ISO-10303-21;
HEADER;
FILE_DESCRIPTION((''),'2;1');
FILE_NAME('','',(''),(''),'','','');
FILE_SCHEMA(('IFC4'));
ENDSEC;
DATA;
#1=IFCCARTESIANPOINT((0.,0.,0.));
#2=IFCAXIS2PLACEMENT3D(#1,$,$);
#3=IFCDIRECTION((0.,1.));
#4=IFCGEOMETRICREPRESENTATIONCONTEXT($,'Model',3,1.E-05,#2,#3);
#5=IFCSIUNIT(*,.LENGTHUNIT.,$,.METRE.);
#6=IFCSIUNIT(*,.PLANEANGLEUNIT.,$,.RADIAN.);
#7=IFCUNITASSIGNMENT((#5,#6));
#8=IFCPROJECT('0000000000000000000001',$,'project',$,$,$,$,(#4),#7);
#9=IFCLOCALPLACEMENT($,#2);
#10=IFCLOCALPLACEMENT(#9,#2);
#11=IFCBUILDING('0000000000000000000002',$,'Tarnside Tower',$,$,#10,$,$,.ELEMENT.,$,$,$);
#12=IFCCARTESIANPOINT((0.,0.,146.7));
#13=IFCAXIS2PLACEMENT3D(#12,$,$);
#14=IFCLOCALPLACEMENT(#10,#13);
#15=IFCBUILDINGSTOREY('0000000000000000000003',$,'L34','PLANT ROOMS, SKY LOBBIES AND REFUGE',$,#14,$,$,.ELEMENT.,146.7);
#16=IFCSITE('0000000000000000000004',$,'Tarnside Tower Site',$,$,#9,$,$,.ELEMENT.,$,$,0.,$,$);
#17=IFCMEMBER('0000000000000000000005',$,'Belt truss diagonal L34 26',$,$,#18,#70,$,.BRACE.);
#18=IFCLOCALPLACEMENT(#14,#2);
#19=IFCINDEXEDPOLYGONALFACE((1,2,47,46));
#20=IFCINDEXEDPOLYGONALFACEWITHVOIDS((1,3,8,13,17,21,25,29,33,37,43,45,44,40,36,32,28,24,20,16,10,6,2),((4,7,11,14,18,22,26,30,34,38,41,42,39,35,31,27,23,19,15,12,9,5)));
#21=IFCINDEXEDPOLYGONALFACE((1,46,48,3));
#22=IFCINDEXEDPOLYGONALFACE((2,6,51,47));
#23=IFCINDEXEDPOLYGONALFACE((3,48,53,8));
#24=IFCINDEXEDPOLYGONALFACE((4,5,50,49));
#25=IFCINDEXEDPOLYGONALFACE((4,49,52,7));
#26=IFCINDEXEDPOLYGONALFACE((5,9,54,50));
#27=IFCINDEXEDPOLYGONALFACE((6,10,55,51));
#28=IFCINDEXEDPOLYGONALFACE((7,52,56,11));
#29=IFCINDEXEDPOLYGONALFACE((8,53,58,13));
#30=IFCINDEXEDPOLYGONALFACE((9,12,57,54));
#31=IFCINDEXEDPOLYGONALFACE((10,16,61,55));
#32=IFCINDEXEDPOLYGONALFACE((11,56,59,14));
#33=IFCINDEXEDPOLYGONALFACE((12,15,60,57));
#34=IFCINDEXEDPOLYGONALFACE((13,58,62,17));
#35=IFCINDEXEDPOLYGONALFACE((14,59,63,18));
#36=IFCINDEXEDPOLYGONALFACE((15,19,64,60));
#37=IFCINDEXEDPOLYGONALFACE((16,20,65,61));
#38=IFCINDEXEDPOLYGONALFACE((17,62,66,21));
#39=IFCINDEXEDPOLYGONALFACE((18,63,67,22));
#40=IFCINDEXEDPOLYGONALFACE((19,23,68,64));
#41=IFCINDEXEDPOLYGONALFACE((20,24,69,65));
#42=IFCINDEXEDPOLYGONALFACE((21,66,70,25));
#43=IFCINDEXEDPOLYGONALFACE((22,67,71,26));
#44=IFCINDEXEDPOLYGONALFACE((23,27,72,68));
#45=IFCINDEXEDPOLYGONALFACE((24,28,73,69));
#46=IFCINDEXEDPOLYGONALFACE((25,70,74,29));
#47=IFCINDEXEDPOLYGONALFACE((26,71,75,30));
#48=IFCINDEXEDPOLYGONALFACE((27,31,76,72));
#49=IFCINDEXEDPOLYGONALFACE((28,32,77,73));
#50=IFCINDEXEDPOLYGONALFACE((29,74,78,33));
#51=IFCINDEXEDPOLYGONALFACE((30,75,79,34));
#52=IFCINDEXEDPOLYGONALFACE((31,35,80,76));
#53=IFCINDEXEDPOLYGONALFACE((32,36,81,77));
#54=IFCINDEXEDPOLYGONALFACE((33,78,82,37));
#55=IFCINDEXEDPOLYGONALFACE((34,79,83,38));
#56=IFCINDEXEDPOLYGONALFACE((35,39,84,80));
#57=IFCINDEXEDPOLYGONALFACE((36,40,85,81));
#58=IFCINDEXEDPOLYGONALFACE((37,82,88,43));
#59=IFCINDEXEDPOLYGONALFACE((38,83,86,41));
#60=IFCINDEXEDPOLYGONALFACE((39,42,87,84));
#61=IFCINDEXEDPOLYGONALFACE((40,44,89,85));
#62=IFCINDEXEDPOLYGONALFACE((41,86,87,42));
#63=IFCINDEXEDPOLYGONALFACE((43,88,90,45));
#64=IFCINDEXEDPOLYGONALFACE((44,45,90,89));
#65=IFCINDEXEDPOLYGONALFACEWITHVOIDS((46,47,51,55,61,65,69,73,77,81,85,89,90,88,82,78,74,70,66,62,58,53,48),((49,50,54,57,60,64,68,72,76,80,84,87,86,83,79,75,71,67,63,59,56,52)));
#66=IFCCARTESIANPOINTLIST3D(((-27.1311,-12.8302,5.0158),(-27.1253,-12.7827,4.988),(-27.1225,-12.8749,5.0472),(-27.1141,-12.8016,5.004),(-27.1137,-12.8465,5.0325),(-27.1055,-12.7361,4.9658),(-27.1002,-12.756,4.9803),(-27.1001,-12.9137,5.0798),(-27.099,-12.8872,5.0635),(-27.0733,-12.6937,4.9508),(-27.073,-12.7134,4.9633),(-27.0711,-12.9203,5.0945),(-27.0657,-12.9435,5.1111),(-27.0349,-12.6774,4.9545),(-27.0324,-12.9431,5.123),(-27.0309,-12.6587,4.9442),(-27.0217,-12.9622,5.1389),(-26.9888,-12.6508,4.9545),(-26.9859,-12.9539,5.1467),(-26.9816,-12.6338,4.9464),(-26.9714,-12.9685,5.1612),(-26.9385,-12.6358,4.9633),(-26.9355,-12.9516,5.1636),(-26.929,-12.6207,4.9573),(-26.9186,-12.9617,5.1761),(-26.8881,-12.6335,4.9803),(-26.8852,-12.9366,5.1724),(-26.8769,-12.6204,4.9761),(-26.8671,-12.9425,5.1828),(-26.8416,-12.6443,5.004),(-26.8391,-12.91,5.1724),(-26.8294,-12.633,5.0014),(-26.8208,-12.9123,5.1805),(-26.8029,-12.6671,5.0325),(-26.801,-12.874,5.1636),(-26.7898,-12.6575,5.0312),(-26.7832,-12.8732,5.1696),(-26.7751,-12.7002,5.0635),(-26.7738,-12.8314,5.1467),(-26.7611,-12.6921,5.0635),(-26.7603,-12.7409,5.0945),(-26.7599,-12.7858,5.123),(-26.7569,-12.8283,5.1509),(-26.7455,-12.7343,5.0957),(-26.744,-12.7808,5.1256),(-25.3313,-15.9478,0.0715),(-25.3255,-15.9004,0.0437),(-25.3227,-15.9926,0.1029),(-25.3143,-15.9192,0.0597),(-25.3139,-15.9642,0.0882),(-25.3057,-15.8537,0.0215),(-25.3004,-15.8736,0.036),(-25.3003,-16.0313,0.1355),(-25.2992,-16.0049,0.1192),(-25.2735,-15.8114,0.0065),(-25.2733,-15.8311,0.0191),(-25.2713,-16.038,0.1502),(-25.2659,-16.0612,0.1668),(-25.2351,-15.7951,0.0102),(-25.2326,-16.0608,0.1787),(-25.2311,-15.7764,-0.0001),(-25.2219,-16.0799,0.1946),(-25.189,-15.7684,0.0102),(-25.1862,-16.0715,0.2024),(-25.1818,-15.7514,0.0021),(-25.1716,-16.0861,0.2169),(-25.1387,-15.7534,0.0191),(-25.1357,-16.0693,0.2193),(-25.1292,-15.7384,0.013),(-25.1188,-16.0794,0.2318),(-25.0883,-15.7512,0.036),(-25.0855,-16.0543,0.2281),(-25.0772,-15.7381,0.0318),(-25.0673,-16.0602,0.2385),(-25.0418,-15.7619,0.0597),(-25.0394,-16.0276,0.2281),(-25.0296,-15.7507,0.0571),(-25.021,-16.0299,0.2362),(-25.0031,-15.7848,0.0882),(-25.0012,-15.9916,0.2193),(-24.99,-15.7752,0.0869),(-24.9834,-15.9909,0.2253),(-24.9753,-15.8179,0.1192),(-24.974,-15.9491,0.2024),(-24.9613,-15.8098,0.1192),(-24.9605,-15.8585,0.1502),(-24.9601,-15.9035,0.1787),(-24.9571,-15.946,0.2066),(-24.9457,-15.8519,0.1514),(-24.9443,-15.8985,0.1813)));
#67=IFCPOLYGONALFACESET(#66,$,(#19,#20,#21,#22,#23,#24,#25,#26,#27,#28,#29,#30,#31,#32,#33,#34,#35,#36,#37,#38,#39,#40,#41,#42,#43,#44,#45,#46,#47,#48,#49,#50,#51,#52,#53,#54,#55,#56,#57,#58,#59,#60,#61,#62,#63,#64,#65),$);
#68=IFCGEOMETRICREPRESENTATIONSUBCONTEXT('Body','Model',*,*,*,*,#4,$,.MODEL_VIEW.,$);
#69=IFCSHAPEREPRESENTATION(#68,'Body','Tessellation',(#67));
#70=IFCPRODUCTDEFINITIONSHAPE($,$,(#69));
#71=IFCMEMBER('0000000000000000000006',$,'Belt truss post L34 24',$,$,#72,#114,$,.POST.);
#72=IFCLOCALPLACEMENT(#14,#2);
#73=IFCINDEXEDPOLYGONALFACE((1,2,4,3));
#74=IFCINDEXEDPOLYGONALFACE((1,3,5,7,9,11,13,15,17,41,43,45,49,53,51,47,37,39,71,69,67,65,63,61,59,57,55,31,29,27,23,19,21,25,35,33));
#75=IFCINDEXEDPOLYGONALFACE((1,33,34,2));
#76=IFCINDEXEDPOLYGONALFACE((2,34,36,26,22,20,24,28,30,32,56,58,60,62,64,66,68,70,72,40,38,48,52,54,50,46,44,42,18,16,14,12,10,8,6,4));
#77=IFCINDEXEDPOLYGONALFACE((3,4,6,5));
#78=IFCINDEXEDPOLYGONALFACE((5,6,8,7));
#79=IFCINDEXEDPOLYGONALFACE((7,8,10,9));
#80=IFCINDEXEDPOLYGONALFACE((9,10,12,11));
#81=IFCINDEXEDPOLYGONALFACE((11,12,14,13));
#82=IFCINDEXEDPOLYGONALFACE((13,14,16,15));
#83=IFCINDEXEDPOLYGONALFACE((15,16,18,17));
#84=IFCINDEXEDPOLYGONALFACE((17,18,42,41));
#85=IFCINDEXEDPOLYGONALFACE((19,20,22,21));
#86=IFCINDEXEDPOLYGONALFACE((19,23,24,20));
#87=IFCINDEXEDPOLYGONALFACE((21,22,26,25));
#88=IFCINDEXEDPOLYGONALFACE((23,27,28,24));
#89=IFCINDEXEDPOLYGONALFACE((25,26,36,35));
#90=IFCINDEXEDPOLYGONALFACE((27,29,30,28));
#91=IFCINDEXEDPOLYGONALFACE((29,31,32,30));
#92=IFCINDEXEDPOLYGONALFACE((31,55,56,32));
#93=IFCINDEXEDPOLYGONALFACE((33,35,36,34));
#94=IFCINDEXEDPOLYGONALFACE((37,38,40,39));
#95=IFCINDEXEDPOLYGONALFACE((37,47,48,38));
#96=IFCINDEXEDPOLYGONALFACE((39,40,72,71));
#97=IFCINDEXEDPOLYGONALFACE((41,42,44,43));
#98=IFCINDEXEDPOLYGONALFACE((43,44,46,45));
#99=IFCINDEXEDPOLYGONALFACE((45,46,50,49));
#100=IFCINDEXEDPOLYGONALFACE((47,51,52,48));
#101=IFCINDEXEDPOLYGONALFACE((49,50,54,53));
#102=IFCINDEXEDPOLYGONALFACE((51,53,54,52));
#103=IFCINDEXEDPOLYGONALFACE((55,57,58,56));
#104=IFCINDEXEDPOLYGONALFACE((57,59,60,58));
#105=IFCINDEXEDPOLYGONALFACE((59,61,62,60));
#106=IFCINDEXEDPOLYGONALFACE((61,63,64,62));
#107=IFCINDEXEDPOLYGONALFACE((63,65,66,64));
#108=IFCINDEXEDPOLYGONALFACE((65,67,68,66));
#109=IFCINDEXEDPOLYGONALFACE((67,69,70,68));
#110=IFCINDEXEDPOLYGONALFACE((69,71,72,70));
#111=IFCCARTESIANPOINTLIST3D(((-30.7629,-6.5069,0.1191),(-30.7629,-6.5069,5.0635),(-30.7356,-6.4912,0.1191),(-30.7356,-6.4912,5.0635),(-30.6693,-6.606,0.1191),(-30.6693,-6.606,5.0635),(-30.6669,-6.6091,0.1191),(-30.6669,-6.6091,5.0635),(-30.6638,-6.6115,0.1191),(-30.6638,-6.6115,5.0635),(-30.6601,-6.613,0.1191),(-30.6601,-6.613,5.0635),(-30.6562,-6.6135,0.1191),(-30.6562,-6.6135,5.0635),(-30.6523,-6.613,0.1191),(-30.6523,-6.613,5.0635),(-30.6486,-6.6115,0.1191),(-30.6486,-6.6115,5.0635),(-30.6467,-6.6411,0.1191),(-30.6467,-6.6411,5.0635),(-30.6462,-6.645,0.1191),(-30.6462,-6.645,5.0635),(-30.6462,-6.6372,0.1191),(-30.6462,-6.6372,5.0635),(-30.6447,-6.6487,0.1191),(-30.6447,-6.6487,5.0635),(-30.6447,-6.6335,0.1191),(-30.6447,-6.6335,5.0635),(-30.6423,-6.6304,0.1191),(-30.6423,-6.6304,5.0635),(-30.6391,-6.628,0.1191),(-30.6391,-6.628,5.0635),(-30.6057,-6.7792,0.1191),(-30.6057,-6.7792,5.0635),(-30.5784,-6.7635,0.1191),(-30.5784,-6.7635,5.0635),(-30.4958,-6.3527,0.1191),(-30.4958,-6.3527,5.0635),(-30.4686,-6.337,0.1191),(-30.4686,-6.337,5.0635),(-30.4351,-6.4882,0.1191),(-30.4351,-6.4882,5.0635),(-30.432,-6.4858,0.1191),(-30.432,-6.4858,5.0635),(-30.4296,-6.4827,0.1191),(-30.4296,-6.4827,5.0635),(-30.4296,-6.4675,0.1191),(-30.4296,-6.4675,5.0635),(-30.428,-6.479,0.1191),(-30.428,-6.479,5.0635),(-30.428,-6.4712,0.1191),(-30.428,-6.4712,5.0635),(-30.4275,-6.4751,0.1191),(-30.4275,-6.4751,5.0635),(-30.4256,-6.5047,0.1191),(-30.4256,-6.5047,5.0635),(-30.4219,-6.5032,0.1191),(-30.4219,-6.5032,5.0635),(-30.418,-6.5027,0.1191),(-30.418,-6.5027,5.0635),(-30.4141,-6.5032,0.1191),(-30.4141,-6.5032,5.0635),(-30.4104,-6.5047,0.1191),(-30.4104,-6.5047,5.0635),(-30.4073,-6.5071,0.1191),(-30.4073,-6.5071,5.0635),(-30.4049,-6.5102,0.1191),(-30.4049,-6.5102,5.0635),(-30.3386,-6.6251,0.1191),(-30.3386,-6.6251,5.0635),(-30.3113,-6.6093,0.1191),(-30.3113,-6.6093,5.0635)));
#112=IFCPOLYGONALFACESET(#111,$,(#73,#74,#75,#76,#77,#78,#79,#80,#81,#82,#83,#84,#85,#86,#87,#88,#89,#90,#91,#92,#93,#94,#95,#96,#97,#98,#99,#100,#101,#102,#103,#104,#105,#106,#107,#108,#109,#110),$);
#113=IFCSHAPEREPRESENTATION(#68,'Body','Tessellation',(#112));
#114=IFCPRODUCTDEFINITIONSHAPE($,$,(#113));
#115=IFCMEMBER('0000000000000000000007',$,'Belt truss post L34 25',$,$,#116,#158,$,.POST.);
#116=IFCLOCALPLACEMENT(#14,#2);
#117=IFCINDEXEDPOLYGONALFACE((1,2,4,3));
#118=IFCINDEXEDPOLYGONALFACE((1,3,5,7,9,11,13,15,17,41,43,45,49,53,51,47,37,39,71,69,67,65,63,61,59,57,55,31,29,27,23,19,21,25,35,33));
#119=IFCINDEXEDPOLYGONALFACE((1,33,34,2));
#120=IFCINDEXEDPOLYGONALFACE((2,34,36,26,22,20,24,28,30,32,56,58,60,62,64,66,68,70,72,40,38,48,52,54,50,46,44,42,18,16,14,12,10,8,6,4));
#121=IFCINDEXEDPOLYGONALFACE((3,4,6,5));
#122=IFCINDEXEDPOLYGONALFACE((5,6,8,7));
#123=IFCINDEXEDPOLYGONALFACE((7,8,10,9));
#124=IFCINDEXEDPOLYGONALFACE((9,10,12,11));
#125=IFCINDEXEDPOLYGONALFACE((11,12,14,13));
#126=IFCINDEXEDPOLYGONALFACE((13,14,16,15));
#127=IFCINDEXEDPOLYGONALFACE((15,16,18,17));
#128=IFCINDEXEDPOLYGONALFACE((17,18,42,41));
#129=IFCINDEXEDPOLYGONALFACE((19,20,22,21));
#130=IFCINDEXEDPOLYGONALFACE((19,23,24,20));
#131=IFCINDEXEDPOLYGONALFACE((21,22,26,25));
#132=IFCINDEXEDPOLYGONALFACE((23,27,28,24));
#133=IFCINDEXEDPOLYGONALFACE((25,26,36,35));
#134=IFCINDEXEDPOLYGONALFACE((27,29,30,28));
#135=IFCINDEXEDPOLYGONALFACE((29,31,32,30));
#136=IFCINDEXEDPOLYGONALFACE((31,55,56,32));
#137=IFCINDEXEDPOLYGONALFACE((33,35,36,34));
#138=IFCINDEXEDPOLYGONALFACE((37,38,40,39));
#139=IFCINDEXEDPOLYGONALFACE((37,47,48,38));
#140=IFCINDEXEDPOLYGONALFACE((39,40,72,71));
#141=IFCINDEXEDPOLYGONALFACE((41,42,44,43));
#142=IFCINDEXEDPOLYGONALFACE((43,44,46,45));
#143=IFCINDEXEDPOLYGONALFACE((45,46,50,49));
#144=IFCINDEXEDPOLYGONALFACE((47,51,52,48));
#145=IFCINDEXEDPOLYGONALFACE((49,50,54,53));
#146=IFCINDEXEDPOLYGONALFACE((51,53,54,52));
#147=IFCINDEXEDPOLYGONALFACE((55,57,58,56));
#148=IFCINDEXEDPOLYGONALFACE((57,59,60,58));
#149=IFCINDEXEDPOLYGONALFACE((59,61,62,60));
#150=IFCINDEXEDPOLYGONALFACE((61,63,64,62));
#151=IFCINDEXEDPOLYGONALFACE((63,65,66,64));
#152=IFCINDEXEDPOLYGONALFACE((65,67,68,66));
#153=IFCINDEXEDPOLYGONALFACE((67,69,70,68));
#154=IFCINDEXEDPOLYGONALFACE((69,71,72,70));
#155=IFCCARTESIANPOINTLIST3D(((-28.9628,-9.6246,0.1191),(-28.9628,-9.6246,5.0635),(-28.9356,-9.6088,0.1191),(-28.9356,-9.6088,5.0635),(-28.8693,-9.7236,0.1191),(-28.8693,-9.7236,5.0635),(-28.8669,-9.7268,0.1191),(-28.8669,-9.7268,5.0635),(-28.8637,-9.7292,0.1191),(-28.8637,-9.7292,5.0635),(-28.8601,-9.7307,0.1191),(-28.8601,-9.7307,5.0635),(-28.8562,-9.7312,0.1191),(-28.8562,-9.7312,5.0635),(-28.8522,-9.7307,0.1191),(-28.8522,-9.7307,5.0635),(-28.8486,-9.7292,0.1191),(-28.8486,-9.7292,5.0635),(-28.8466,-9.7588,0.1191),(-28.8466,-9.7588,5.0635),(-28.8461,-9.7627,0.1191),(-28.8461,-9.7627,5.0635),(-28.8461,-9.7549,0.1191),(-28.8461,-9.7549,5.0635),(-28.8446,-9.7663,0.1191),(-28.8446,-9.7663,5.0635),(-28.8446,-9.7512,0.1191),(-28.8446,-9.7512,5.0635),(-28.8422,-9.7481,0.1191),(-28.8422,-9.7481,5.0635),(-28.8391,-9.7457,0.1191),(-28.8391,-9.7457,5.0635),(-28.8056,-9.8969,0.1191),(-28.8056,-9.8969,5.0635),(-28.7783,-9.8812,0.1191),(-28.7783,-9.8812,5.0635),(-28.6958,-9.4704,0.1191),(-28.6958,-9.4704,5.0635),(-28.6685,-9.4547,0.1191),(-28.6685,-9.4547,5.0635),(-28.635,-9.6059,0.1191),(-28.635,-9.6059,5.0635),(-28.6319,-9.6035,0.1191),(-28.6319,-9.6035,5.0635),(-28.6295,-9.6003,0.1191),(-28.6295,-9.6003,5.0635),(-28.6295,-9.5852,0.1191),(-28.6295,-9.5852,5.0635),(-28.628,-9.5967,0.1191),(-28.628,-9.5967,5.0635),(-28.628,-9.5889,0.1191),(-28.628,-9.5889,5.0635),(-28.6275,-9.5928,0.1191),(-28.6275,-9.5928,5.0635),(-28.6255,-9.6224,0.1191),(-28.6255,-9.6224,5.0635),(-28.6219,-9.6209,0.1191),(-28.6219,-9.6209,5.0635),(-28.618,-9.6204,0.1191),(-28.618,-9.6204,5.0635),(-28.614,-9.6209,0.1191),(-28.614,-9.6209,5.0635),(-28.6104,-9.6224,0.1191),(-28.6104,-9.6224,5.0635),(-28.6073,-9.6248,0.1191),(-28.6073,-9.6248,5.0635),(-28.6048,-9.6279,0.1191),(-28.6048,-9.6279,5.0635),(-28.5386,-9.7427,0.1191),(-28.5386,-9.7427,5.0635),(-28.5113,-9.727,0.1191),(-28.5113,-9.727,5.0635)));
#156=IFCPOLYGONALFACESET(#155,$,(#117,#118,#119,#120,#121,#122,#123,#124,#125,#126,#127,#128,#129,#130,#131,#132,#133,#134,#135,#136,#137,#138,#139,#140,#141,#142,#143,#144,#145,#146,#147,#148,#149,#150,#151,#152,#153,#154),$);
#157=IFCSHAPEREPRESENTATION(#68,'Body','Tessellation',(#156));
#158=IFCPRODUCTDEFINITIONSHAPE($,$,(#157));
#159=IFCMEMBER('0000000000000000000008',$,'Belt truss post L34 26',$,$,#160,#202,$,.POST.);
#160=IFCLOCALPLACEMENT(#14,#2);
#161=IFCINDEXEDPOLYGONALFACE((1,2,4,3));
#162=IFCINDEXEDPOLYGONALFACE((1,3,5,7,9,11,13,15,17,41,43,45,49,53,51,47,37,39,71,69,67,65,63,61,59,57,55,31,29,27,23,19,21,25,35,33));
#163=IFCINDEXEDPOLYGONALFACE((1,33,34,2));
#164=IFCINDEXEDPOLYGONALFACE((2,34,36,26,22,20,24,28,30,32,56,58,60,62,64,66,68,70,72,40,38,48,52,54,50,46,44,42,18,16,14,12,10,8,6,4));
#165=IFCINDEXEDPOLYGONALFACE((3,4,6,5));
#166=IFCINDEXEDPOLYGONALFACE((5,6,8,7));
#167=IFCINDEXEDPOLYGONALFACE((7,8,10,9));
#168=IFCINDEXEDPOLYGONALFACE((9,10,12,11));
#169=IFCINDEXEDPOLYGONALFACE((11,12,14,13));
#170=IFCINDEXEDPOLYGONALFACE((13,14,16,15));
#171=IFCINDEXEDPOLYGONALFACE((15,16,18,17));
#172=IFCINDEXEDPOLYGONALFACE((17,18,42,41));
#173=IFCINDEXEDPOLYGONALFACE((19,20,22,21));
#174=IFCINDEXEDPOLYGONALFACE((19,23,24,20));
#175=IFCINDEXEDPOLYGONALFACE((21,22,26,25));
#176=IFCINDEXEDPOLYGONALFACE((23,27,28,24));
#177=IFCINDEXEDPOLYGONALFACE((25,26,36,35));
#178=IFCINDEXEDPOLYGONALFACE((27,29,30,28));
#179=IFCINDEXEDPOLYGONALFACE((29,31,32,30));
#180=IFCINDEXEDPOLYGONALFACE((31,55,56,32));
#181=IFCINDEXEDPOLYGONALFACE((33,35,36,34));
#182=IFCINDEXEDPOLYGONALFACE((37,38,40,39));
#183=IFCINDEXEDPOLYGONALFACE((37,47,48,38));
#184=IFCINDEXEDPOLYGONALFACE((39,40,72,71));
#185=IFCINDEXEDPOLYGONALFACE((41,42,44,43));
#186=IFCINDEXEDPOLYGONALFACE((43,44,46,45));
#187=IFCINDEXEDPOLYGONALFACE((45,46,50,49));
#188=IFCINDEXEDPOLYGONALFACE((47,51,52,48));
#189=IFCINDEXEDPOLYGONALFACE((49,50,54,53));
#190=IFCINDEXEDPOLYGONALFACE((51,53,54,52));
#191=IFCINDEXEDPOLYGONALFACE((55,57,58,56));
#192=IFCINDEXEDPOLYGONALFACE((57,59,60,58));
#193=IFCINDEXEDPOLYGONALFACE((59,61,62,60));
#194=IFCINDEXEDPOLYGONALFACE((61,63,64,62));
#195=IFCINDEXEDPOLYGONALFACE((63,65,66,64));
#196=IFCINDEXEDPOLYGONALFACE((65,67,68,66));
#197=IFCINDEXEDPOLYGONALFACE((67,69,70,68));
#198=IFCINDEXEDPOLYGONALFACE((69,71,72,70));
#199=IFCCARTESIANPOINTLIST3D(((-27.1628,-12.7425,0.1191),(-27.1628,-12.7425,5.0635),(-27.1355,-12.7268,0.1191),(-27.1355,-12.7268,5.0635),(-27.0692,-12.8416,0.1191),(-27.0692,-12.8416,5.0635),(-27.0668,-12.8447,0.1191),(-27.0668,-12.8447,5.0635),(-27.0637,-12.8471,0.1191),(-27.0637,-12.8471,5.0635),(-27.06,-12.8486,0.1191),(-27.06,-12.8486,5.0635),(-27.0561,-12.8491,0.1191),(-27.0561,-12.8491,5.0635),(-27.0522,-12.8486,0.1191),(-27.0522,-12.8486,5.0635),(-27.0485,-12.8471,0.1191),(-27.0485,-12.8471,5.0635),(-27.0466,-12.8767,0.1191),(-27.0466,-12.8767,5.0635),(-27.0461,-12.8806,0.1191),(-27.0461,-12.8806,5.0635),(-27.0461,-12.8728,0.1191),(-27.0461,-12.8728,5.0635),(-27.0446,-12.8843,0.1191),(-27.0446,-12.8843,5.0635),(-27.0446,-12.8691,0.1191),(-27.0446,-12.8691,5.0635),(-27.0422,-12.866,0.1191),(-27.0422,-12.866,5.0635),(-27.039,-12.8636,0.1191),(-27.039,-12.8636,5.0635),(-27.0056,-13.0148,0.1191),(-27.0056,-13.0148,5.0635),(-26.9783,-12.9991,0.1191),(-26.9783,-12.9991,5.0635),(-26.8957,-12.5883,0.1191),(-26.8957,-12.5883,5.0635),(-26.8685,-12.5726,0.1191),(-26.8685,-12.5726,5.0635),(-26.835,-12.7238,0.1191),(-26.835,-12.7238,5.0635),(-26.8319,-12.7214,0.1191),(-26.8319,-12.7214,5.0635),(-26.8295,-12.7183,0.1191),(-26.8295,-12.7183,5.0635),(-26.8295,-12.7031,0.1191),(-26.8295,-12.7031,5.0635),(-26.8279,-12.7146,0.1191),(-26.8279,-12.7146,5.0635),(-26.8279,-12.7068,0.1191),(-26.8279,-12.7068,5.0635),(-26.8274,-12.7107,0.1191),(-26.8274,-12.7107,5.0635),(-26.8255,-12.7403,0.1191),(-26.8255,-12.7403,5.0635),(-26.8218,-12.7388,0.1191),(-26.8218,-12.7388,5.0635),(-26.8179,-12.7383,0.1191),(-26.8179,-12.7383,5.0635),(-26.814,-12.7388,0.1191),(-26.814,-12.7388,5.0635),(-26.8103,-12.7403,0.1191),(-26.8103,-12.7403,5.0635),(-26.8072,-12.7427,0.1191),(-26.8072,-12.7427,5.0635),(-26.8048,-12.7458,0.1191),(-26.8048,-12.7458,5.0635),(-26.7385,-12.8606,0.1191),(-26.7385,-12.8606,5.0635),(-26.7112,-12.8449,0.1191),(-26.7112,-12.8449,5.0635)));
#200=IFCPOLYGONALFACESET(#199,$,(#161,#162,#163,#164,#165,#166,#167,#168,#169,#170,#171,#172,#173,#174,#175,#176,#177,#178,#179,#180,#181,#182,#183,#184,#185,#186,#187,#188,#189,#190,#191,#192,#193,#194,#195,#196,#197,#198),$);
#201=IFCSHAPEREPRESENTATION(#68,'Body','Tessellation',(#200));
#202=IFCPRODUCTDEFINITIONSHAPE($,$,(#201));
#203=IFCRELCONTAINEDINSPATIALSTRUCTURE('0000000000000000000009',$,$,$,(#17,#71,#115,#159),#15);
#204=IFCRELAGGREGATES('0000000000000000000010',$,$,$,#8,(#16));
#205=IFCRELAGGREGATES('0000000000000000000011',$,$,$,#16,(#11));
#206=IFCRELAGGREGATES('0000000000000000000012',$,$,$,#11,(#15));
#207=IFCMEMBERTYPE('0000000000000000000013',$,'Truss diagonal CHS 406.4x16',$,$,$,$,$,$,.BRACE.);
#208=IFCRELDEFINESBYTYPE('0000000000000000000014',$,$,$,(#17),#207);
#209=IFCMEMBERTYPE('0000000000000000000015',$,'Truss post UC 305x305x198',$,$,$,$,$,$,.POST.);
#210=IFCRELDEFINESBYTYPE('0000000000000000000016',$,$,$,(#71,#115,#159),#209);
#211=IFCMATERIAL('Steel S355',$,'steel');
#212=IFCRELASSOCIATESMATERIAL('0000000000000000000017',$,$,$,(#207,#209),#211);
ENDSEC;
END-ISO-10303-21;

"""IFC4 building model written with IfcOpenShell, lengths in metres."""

from ifc_helpers import new_model, si_unit, direction, frame, origin, origin_2d, place, context, subcontext, project, spatial, hollow_circle, i_section, extrude, material, material_profile, profile_set, type_object, element, save


model = new_model("IFC4")

# Units and contexts
model_context = context("Model", 3, precision=1e-05, world=origin(), true_north=direction((0.0, 1.0)))
body_context = subcontext(model_context, "Body", "Model", "MODEL_VIEW")
ifc_project = project(units=[si_unit("LENGTHUNIT", "METRE"), si_unit("PLANEANGLEUNIT", "RADIAN")], contexts=[model_context])

# Site, building, storey
site_placement = place(None, origin())
site = spatial("IfcSite", under=ifc_project, at=site_placement, Name="Tarnside Tower Site", CompositionType="ELEMENT", RefElevation=0.0)
building_placement = place(site_placement, origin())
building = spatial("IfcBuilding", under=site, at=building_placement, Name="Tarnside Tower", CompositionType="ELEMENT")
storey_placement = place(building_placement, frame((0.0, 0.0, 146.7)))
storey = spatial("IfcBuildingStorey", under=building, at=storey_placement, Name="L34", Description="PLANT ROOMS, SKY LOBBIES AND REFUGE", CompositionType="ELEMENT", Elevation=146.7)

# Shared definitions
ifc_material_1 = material(Name="Steel S355", Category="steel")

# Members
ifc_material_profile_1 = material_profile(ifc_material_1, hollow_circle(Radius=0.2031, WallThickness=0.0161, at=origin_2d()), Name="CHS 406.4x16")
ifc_profile_set_1 = profile_set([ifc_material_profile_1], Name="Steel S355")
member_type_1 = type_object("IfcMemberType", Name="Truss diagonal CHS 406.4x16", PredefinedType="BRACE", material=ifc_profile_set_1)
member_1_placement = place(storey_placement, frame((-26.937, -12.7937, 5.0635), z_axis=(0.294277, -0.509756, -0.808424), x_axis=(0.866048, 0.499961, 0.0)))
element("IfcMember", 1, at=member_1_placement, inside=storey, type_object=member_type_1, Name="Belt truss diagonal L34 26", PredefinedType="BRACE", context=body_context, shape_type="SweptSolid", body=[
    extrude(hollow_circle(Radius=0.2031, WallThickness=0.0161, at=origin_2d()), origin(), (0.0, 0.0, 1.0), 6.116),
])
ifc_material_profile_2 = material_profile(ifc_material_1, i_section(OverallWidth=0.3145, OverallDepth=0.3398, WebThickness=0.019, FlangeThickness=0.0315, FilletRadius=0.0151, at=origin_2d()), Name="UC 305x305x198")
ifc_profile_set_2 = profile_set([ifc_material_profile_2], Name="Steel S355")
member_type_2 = type_object("IfcMemberType", Name="Truss post UC 305x305x198", PredefinedType="POST", material=ifc_profile_set_2)
for number, where, z_axis, x_axis, name in (
    (2, (-30.5371, -6.5581, 0.1191), (0.0, 0.0, 1.0), (0.5, -0.866025, 0.0), "Belt truss post L34 24"),
    (3, (-28.7371, -9.6758, 0.1191), (0.0, 0.0, 1.0), (0.5, -0.866025, 0.0), "Belt truss post L34 25"),
    (4, (-26.937, -12.7937, 0.1191), (0.0, 0.0, 1.0), (0.5, -0.866025, 0.0), "Belt truss post L34 26"),
):
    element("IfcMember", number, at=place(storey_placement, frame(where, z_axis=z_axis, x_axis=x_axis)), inside=storey, type_object=member_type_2, Name=name, PredefinedType="POST", context=body_context, shape_type="SweptSolid", body=[
        extrude(i_section(OverallWidth=0.3145, OverallDepth=0.3398, WebThickness=0.019, FlangeThickness=0.0315, FilletRadius=0.0151, at=origin_2d()), origin(), (0.0, 0.0, 1.0), 4.9443),
    ])

save(model, "model.ifc")
